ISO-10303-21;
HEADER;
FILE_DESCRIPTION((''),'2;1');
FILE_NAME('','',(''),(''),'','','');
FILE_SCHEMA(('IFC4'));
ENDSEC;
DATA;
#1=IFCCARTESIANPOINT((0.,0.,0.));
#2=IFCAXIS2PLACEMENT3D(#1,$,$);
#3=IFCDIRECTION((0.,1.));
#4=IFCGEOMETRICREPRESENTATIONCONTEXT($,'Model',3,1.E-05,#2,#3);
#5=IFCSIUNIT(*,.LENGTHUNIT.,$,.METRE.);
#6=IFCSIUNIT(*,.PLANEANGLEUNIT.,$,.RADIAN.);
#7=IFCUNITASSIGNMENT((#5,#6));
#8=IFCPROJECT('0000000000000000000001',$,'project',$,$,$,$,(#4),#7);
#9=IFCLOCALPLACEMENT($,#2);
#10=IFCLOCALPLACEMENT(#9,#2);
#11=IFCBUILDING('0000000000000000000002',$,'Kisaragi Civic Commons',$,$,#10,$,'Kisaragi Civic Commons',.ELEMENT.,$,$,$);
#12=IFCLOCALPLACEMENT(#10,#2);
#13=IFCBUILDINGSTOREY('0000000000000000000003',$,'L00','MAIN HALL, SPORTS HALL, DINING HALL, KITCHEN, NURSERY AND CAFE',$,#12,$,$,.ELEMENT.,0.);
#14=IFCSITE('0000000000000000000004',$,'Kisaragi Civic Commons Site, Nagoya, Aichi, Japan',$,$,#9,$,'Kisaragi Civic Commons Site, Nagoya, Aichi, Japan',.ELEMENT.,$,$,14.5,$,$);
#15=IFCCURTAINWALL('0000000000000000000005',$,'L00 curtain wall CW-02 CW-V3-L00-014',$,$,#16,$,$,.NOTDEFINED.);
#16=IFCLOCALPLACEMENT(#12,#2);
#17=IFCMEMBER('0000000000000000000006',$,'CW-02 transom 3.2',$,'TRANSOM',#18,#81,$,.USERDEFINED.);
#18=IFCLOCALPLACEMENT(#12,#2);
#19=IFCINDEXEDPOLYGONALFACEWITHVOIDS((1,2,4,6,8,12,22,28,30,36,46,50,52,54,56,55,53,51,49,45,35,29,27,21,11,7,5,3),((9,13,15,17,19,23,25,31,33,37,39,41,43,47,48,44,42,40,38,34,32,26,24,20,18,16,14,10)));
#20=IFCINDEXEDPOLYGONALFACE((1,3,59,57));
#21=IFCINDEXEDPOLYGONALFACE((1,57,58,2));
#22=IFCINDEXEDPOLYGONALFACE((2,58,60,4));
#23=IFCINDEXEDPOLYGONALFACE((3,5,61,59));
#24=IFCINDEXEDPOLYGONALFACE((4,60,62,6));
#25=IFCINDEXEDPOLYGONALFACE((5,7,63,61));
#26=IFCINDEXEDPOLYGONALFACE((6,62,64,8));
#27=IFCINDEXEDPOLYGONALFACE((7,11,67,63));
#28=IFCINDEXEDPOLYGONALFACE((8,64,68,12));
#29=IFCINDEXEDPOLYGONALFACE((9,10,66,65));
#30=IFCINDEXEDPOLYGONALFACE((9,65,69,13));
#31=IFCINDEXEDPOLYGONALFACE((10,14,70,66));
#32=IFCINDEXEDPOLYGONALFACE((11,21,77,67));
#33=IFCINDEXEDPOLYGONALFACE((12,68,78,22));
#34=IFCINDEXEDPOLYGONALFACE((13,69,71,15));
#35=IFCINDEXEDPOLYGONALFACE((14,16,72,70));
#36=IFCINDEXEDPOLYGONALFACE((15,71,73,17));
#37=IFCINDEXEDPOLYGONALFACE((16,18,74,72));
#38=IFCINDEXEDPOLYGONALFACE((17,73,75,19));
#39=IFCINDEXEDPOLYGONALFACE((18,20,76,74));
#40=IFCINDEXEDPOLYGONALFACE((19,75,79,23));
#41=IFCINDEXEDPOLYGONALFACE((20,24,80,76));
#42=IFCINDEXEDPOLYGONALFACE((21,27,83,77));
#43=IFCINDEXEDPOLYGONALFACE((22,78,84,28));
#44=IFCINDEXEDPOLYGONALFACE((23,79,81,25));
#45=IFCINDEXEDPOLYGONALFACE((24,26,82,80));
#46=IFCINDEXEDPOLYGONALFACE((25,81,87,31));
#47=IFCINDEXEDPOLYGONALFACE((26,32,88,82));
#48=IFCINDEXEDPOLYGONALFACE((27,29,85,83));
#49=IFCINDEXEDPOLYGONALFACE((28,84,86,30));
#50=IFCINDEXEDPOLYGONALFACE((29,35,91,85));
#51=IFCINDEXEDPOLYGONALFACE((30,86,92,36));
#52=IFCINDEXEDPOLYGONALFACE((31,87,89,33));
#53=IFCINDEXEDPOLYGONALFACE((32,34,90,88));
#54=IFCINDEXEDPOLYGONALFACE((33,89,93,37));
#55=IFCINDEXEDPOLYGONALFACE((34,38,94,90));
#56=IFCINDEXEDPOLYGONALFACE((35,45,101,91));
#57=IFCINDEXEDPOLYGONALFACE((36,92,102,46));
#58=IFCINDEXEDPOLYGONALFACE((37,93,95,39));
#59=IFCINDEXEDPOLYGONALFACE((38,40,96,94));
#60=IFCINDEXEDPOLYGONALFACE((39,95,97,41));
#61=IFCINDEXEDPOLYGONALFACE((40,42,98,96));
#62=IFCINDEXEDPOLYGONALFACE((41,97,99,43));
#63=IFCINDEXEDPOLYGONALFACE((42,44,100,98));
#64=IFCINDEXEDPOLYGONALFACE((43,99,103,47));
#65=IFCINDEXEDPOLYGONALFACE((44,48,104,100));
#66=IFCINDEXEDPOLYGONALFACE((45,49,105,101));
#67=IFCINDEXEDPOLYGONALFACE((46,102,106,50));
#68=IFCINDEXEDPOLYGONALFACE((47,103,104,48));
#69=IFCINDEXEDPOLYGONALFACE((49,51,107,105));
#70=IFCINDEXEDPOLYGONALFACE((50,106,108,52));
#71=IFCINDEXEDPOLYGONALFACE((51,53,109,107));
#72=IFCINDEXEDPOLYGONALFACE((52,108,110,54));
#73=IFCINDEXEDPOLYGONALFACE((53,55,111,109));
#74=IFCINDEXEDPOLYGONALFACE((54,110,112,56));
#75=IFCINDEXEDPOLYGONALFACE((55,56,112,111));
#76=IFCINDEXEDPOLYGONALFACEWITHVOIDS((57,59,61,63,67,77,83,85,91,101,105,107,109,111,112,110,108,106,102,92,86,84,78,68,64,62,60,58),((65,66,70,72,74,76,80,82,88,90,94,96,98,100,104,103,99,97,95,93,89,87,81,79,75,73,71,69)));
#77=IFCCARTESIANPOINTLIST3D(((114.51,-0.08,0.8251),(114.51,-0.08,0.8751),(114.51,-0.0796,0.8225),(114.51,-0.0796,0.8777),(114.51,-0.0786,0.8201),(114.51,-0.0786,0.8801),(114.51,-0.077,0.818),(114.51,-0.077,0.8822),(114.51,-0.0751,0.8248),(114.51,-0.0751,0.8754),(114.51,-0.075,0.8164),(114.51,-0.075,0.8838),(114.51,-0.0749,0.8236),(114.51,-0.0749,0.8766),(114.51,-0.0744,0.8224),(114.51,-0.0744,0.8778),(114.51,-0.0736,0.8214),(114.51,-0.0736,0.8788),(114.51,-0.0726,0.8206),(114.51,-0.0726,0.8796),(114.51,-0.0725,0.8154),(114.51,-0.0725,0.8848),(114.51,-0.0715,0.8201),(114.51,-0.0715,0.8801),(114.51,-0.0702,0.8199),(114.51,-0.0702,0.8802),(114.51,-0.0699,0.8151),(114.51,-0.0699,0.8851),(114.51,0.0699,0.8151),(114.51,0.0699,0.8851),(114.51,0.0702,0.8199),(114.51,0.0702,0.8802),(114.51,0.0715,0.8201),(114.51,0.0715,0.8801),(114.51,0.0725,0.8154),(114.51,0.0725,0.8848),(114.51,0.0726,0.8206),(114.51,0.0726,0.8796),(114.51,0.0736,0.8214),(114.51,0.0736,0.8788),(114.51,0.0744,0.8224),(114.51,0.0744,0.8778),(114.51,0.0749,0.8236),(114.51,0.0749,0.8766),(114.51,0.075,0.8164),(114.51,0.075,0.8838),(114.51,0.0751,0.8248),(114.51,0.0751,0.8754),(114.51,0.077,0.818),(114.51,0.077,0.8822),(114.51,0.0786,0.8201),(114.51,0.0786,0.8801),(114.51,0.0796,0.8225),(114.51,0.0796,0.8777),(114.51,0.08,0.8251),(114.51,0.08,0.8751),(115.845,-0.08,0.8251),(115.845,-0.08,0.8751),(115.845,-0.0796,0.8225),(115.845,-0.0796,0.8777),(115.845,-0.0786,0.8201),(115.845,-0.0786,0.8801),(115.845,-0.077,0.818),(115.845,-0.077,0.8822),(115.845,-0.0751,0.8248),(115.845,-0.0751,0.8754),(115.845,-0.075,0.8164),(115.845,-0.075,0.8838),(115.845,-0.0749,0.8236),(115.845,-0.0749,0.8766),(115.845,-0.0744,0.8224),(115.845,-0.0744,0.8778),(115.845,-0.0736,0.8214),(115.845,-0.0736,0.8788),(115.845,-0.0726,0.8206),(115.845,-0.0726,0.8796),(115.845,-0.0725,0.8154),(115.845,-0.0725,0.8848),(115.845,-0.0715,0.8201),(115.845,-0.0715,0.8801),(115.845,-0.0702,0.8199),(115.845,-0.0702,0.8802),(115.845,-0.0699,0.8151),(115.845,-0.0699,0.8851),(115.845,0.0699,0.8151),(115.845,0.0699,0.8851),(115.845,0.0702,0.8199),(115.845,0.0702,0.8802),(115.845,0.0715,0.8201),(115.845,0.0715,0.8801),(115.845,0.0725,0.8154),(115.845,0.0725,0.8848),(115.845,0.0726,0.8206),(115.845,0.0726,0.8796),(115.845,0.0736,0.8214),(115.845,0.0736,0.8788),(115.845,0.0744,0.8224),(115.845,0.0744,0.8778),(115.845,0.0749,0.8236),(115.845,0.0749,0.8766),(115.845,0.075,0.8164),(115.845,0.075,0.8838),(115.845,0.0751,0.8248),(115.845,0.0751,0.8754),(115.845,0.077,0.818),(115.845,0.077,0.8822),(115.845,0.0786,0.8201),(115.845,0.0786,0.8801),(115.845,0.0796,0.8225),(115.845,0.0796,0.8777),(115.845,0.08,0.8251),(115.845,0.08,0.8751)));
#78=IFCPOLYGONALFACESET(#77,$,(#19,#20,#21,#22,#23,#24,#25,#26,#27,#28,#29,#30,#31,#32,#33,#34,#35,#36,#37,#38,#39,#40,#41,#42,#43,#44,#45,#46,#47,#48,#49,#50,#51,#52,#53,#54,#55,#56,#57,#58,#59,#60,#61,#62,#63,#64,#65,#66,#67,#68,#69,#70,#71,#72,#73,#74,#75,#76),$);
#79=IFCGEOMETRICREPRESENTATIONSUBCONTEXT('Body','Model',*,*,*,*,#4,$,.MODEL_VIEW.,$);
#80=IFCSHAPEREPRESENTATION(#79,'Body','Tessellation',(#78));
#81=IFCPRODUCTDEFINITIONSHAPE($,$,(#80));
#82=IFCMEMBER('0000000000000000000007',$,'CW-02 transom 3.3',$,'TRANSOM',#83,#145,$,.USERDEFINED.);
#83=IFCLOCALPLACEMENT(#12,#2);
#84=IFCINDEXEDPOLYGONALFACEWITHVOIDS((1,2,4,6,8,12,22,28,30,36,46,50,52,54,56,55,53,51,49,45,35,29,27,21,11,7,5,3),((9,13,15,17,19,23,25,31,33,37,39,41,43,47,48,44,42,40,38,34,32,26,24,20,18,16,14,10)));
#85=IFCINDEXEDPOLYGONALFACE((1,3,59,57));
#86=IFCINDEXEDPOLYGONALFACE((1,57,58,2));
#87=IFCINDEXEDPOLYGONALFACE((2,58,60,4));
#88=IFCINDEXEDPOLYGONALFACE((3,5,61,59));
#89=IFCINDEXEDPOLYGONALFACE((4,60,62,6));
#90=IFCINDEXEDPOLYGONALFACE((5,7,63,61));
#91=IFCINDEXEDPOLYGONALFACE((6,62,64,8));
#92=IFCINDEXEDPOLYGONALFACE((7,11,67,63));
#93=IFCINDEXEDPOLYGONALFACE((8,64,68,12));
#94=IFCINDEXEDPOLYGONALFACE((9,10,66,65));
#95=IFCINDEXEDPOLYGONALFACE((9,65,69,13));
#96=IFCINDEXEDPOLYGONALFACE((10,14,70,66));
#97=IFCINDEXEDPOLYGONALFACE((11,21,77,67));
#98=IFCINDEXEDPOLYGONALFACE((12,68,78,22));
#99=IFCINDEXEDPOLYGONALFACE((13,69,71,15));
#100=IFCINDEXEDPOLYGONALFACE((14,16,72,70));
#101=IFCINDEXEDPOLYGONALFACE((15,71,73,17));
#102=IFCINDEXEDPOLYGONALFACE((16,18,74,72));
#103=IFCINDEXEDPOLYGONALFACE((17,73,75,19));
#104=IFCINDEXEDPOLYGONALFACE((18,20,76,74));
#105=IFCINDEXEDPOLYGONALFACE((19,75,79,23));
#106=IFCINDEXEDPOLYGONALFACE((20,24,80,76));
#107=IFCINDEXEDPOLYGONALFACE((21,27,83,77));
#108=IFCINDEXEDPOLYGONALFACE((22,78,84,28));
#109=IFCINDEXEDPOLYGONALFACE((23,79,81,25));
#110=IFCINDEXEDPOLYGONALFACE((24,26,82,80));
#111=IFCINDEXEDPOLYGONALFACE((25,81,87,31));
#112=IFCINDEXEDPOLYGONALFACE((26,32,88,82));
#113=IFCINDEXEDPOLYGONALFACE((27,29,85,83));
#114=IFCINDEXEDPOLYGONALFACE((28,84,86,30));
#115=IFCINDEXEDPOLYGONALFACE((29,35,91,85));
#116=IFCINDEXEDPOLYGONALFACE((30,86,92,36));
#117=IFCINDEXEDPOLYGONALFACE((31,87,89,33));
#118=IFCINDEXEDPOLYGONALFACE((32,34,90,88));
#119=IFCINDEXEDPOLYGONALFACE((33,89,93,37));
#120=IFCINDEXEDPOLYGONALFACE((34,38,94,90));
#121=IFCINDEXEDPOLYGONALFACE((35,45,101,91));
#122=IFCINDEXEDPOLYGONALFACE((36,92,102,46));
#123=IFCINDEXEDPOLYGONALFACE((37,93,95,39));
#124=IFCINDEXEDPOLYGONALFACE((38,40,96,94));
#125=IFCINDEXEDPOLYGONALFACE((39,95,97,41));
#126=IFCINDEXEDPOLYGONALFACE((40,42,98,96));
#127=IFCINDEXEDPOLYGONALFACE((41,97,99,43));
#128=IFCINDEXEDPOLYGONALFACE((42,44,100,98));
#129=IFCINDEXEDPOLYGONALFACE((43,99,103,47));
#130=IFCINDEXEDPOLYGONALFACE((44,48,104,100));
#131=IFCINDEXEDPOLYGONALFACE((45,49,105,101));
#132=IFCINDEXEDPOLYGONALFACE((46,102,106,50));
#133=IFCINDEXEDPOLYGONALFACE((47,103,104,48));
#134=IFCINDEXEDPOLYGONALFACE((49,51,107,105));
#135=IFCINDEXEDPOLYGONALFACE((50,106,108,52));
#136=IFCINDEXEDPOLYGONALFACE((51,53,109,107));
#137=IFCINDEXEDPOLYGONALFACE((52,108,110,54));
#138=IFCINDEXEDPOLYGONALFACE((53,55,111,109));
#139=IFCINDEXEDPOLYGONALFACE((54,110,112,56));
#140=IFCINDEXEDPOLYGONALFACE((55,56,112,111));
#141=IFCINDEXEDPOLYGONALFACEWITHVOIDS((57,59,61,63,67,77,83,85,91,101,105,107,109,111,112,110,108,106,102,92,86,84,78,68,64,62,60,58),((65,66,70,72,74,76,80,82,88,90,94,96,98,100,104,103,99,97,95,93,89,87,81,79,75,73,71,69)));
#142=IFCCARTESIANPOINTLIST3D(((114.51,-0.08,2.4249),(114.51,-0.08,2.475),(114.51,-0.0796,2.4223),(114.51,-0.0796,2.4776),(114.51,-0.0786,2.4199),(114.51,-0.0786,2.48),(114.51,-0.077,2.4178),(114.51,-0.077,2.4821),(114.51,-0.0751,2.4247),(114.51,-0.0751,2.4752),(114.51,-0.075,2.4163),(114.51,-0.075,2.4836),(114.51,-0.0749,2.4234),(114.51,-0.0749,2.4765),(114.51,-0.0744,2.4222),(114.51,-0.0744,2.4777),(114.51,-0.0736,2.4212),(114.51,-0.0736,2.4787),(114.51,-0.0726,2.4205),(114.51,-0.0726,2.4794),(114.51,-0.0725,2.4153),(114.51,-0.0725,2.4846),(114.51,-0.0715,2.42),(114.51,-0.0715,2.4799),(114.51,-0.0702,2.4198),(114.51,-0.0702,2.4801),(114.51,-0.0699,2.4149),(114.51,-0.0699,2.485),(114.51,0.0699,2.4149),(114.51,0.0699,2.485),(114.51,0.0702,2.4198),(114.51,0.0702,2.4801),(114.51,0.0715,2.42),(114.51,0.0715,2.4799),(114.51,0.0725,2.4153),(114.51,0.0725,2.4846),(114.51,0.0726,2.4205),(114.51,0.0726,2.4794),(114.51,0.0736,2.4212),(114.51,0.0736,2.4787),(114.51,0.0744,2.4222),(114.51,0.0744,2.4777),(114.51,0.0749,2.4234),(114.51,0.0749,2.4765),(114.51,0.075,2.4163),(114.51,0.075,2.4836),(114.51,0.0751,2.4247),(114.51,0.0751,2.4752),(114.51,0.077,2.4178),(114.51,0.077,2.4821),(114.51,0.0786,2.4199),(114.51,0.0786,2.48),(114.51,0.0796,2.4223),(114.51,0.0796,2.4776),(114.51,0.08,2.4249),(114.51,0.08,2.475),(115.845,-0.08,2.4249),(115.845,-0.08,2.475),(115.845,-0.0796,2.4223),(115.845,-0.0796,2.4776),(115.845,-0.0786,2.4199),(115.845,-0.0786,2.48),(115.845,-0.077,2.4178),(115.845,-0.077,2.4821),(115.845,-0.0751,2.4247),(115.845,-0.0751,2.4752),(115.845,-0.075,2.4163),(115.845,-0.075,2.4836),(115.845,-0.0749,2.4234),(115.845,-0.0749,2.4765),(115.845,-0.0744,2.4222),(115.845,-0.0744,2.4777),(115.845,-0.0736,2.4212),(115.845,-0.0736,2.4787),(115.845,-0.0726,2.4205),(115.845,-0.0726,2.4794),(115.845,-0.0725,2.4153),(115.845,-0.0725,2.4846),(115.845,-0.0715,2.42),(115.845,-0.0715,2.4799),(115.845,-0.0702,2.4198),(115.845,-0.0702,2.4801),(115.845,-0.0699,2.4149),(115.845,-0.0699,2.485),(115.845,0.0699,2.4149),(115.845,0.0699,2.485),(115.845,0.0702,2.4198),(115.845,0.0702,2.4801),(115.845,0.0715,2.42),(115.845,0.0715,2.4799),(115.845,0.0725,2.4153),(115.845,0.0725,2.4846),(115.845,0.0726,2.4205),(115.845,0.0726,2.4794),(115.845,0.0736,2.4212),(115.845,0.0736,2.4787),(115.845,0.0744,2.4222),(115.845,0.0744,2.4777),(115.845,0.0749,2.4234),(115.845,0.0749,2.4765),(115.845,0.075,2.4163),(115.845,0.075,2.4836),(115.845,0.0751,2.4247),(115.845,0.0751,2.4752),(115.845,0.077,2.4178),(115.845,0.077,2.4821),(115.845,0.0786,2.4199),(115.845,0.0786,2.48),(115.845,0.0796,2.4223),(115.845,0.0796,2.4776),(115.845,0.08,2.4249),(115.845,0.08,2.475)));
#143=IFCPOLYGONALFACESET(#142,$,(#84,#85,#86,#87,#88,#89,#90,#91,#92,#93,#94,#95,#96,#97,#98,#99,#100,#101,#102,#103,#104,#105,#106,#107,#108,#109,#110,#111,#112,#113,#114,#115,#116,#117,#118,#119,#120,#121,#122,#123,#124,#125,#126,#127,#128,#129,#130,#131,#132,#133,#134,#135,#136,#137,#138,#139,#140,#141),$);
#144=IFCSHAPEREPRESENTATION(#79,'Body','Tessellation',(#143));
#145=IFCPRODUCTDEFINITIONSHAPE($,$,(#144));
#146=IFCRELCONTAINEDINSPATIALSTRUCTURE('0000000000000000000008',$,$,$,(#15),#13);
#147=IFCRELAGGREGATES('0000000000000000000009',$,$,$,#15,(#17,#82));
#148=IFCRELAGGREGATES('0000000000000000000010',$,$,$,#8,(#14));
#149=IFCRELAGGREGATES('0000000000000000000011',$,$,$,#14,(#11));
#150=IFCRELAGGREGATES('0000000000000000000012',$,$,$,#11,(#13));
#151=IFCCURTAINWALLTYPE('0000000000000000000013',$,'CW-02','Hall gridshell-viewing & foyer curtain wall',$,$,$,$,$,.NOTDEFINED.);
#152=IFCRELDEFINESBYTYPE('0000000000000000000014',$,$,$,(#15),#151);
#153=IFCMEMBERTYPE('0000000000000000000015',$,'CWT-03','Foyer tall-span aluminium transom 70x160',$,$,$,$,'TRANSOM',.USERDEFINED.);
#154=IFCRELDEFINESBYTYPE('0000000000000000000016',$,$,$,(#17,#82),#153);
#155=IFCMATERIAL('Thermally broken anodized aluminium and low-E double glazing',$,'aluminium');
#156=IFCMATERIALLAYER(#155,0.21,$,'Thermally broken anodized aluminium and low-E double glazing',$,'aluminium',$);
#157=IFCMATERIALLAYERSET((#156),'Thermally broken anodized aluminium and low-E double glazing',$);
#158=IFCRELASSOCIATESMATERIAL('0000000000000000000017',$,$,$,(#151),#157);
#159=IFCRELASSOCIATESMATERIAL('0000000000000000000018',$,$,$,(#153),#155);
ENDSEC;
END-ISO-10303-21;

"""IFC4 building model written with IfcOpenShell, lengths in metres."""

from ifc_helpers import new_model, si_unit, direction, frame, origin, origin_2d, place, context, subcontext, project, spatial, hollow_rectangle, extrude, material, layer, layer_set, material_profile, profile_set, type_object, element, aggregate, save


model = new_model("IFC4")

# Units and contexts
model_context = context("Model", 3, precision=1e-05, world=origin(), true_north=direction((0.0, 1.0)))
body_context = subcontext(model_context, "Body", "Model", "MODEL_VIEW")
ifc_project = project(units=[si_unit("LENGTHUNIT", "METRE"), si_unit("PLANEANGLEUNIT", "RADIAN")], contexts=[model_context])

# Site, building, storey
site_placement = place(None, origin())
site = spatial("IfcSite", under=ifc_project, at=site_placement, Name="Kisaragi Civic Commons Site, Nagoya, Aichi, Japan", LongName="Kisaragi Civic Commons Site, Nagoya, Aichi, Japan", CompositionType="ELEMENT", RefElevation=14.5)
building_placement = place(site_placement, origin())
building = spatial("IfcBuilding", under=site, at=building_placement, Name="Kisaragi Civic Commons", LongName="Kisaragi Civic Commons", CompositionType="ELEMENT")
storey_placement = place(building_placement, origin())
storey = spatial("IfcBuildingStorey", under=building, at=storey_placement, Name="L00", Description="MAIN HALL, SPORTS HALL, DINING HALL, KITCHEN, NURSERY AND CAFE", CompositionType="ELEMENT", Elevation=0.0)

# Shared definitions
ifc_material_1 = material(Name="Thermally broken anodized aluminium and low-E double glazing", Category="aluminium")
ifc_layer_1 = layer(ifc_material_1, 0.21, Name="Thermally broken anodized aluminium and low-E double glazing", Category="aluminium")
ifc_layer_set_1 = layer_set([ifc_layer_1], Name="Thermally broken anodized aluminium and low-E double glazing")
curtain_wall_type = type_object("IfcCurtainWallType", Name="CW-02", Description="Hall gridshell-viewing & foyer curtain wall", PredefinedType="NOTDEFINED", material=ifc_layer_set_1)

# Curtain wall, members
curtain_wall_1_placement = place(storey_placement, origin())
curtain_wall_1 = element("IfcCurtainWall", 1, at=curtain_wall_1_placement, inside=storey, type_object=curtain_wall_type, Name="L00 curtain wall CW-02 CW-V3-L00-014", PredefinedType="NOTDEFINED")
ifc_material_profile_1 = material_profile(ifc_material_1, hollow_rectangle(XDim=0.1599, YDim=0.0701, WallThickness=0.0049, InnerFilletRadius=0.0049, OuterFilletRadius=0.01, at=origin_2d()), Name="CWT-70x160x5", Category="aluminium")
ifc_profile_set_1 = profile_set([ifc_material_profile_1], Name="Thermally broken anodized aluminium and low-E double glazing")
member_type_1 = type_object("IfcMemberType", Name="CWT-03", Description="Foyer tall-span aluminium transom 70x160", ElementType="TRANSOM", PredefinedType="USERDEFINED", material=ifc_profile_set_1)
member_1_placement = place(storey_placement, frame((115.845, 0.0, 0.8501), z_axis=(-1.0, 0.0, 0.0), x_axis=(0.0, -1.0, 0.0)))
member_1 = element("IfcMember", 2, at=member_1_placement, type_object=member_type_1, Name="CW-02 transom 3.2", ObjectType="TRANSOM", PredefinedType="USERDEFINED", context=body_context, shape_type="SweptSolid", body=[
    extrude(hollow_rectangle(XDim=0.1599, YDim=0.0701, WallThickness=0.0049, InnerFilletRadius=0.0049, OuterFilletRadius=0.01, at=origin_2d()), origin(), (0.0, 0.0, 1.0), 1.335),
])
member_2_placement = place(storey_placement, frame((115.845, 0.0, 2.45), z_axis=(-1.0, 0.0, 0.0), x_axis=(0.0, -1.0, 0.0)))
member_2 = element("IfcMember", 3, at=member_2_placement, type_object=member_type_1, Name="CW-02 transom 3.3", ObjectType="TRANSOM", PredefinedType="USERDEFINED", context=body_context, shape_type="SweptSolid", body=[
    extrude(hollow_rectangle(XDim=0.1599, YDim=0.0701, WallThickness=0.0049, InnerFilletRadius=0.0049, OuterFilletRadius=0.01, at=origin_2d()), origin(), (0.0, 0.0, 1.0), 1.335),
])

aggregate(curtain_wall_1, [member_1, member_2])

save(model, "model.ifc")
